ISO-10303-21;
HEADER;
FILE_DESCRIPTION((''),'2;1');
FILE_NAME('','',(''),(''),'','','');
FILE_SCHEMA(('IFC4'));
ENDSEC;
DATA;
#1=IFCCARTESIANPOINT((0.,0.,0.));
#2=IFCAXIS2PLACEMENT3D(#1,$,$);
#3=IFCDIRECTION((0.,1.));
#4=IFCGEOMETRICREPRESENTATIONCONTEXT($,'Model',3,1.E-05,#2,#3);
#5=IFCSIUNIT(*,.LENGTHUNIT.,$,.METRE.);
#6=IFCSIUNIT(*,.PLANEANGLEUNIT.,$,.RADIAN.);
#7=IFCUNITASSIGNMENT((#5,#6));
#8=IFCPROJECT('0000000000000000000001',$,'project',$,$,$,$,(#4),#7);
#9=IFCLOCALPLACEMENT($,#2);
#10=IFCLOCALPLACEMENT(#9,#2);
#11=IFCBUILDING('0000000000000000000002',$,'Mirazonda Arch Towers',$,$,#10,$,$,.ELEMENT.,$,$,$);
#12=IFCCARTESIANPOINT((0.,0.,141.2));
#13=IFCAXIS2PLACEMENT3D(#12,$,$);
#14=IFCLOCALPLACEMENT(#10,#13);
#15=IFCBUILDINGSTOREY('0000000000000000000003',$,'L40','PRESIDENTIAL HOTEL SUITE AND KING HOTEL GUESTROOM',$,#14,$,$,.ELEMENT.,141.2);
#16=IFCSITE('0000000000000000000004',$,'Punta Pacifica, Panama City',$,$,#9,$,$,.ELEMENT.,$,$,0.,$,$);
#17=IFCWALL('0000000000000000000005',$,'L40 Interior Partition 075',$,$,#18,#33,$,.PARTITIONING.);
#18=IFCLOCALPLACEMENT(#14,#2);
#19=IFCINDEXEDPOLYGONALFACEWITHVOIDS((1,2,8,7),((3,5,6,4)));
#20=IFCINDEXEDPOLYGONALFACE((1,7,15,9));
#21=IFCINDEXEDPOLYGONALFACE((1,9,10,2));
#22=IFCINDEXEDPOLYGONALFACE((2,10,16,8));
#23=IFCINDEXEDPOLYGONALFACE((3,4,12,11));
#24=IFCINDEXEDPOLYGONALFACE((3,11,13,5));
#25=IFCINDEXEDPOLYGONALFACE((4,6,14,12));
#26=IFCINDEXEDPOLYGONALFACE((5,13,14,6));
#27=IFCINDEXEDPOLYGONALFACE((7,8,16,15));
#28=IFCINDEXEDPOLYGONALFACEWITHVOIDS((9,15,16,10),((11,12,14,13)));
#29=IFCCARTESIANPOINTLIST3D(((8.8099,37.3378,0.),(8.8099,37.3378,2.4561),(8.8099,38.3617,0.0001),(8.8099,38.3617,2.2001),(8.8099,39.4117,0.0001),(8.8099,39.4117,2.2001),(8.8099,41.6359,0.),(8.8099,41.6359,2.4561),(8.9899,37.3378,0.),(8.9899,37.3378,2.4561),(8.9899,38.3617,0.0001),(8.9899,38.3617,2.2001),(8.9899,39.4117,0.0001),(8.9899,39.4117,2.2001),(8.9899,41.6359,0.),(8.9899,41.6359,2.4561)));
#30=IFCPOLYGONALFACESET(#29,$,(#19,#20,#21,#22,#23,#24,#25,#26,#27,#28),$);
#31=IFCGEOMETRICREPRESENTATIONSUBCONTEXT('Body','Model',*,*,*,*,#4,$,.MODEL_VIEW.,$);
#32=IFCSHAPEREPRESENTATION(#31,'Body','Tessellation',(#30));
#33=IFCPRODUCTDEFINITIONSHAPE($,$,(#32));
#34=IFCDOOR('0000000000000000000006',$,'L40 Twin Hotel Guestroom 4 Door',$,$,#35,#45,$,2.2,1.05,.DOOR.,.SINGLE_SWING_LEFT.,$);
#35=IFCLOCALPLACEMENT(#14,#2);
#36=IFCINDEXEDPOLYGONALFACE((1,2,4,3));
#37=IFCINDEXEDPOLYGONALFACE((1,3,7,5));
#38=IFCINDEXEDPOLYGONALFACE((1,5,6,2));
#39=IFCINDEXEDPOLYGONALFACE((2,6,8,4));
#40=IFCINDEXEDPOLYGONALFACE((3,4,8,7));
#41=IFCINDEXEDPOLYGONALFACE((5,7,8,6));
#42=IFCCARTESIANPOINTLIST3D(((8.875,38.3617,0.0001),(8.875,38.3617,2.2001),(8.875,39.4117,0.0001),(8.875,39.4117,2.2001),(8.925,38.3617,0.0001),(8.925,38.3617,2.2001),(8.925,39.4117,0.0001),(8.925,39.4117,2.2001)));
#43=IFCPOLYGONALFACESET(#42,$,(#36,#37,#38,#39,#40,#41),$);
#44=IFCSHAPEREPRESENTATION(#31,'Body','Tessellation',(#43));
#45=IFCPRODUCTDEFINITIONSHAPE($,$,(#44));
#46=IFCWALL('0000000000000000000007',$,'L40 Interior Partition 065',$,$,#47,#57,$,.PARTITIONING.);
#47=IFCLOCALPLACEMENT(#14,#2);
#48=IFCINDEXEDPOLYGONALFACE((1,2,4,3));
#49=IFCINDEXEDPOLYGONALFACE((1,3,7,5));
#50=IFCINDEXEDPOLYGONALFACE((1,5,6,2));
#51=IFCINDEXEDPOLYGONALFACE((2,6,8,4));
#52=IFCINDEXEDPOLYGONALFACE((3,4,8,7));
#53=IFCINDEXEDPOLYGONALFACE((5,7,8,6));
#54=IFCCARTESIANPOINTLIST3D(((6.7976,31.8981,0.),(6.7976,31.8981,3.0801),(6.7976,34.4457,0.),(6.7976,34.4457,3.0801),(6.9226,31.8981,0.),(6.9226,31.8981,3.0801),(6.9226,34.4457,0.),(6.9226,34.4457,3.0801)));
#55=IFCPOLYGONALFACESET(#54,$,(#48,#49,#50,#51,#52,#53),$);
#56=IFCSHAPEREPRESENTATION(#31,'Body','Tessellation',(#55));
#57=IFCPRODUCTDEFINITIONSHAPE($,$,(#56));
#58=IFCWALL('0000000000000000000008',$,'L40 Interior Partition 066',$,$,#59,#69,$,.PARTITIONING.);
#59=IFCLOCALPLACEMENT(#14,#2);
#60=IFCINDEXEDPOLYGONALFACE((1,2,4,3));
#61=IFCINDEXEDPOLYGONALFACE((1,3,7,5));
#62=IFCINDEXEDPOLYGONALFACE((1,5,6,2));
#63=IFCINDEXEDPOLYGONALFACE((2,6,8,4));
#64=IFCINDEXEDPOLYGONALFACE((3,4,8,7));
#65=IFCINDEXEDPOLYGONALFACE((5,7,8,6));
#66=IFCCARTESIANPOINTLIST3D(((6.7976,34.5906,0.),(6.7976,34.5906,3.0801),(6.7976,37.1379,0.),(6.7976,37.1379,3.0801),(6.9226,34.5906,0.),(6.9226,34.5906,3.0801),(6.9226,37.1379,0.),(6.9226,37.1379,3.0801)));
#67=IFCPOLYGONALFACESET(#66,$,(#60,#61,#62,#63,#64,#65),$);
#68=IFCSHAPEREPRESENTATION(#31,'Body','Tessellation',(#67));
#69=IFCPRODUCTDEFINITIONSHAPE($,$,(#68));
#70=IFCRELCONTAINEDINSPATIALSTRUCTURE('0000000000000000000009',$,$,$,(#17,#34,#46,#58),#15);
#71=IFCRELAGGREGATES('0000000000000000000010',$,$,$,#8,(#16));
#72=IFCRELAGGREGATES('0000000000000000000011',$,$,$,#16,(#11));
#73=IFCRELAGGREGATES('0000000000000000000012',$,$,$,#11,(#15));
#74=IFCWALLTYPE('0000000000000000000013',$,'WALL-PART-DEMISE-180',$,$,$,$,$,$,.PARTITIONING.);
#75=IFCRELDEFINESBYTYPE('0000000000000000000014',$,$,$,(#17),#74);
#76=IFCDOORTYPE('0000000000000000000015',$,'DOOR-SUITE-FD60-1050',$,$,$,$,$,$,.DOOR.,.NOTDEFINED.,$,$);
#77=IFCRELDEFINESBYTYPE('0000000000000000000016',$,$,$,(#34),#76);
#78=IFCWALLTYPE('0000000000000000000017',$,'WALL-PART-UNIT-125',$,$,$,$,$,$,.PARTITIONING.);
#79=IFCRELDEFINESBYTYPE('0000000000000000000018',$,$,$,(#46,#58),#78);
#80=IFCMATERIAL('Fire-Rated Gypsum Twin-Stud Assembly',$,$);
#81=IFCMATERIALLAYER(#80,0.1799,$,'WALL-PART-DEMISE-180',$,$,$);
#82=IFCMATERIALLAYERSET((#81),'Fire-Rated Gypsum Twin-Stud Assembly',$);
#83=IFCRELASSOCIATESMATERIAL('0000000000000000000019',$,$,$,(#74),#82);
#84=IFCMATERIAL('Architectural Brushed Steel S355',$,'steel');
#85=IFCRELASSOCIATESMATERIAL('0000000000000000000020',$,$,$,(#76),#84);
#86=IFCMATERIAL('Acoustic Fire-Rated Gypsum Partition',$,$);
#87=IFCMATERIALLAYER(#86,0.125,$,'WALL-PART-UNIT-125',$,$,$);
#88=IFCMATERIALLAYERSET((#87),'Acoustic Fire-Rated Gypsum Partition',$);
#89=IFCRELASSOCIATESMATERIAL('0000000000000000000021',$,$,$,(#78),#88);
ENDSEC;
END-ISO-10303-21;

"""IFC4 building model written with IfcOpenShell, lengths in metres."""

from ifc_helpers import new_model, si_unit, direction, frame, frame_2d, origin, place, context, subcontext, project, spatial, rectangle, extrude, material, layer, layer_set, type_object, element, fill, save


model = new_model("IFC4")

# Units and contexts
model_context = context("Model", 3, precision=1e-05, world=origin(), true_north=direction((0.0, 1.0)))
body_context = subcontext(model_context, "Body", "Model", "MODEL_VIEW")
ifc_project = project(units=[si_unit("LENGTHUNIT", "METRE"), si_unit("PLANEANGLEUNIT", "RADIAN")], contexts=[model_context])

# Site, building, storey
site_placement = place(None, origin())
site = spatial("IfcSite", under=ifc_project, at=site_placement, Name="Punta Pacifica, Panama City", CompositionType="ELEMENT", RefElevation=0.0)
building_placement = place(site_placement, origin())
building = spatial("IfcBuilding", under=site, at=building_placement, Name="Mirazonda Arch Towers", CompositionType="ELEMENT")
storey_placement = place(building_placement, frame((0.0, 0.0, 141.2)))
storey = spatial("IfcBuildingStorey", under=building, at=storey_placement, Name="L40", Description="PRESIDENTIAL HOTEL SUITE AND KING HOTEL GUESTROOM", CompositionType="ELEMENT", Elevation=141.2)

# Shared definitions
ifc_material_1 = material(Name="Architectural Brushed Steel S355", Category="steel")

# Shared definitions
ifc_material_2 = material(Name="Fire-Rated Gypsum Twin-Stud Assembly")
ifc_layer_1 = layer(ifc_material_2, 0.1799, Name="WALL-PART-DEMISE-180")
ifc_layer_set_1 = layer_set([ifc_layer_1], Name="Fire-Rated Gypsum Twin-Stud Assembly")
wall_type_1 = type_object("IfcWallType", Name="WALL-PART-DEMISE-180", PredefinedType="PARTITIONING", material=ifc_layer_set_1)
door_type_1 = type_object("IfcDoorType", Name="DOOR-SUITE-FD60-1050", OperationType="NOTDEFINED", PredefinedType="DOOR", material=ifc_material_1)

# Wall, opening, door
wall_1_placement = place(storey_placement, frame((8.8999, 37.3379, 0.0), z_axis=(0.0, 0.0, 1.0), x_axis=(0.0, 1.0, 0.0)))
wall_1 = element("IfcWall", 1, at=wall_1_placement, inside=storey, type_object=wall_type_1, Name="L40 Interior Partition 075", PredefinedType="PARTITIONING", context=body_context, shape_type="SweptSolid", body=[
    extrude(rectangle(XDim=4.2981, YDim=0.1799, at=frame_2d((2.1489, 0.0))), origin(), (0.0, 0.0, 1.0), 2.4561),
])
opening_1_placement = place(wall_1_placement, frame((1.0239, 0.0, 0.0)))
opening_1 = element("IfcOpeningElement", 2, at=opening_1_placement, cuts=wall_1, PredefinedType="OPENING", context=body_context, shape_type="SweptSolid", body=[
    extrude(rectangle(XDim=1.05, YDim=2.2, at=frame_2d((0.5249, 1.1001))), frame((0.0, 0.0999, 0.0), z_axis=(0.0, -1.0, 0.0), x_axis=(1.0, 0.0, 0.0)), (0.0, 0.0, 1.0), 0.2),
])
door_1_placement = place(opening_1_placement, origin())
door_1 = element("IfcDoor", 3, at=door_1_placement, inside=storey, type_object=door_type_1, Name="L40 Twin Hotel Guestroom 4 Door", OperationType="SINGLE_SWING_LEFT", OverallHeight=2.2, OverallWidth=1.05, PredefinedType="DOOR", context=body_context, shape_type="SweptSolid", body=[
    extrude(rectangle(XDim=1.05, YDim=2.2, at=frame_2d((0.5249, 1.1001))), frame((0.0, 0.0249, 0.0), z_axis=(0.0, -1.0, 0.0), x_axis=(1.0, 0.0, 0.0)), (0.0, 0.0, 1.0), 0.05),
])
fill(opening_1, door_1)

# Walls
ifc_material_3 = material(Name="Acoustic Fire-Rated Gypsum Partition")
ifc_layer_2 = layer(ifc_material_3, 0.125, Name="WALL-PART-UNIT-125")
ifc_layer_set_2 = layer_set([ifc_layer_2], Name="Acoustic Fire-Rated Gypsum Partition")
wall_type_2 = type_object("IfcWallType", Name="WALL-PART-UNIT-125", PredefinedType="PARTITIONING", material=ifc_layer_set_2)
wall_2_placement = place(storey_placement, frame((6.8601, 31.8979, 0.0), z_axis=(0.0, 0.0, 1.0), x_axis=(0.0, 1.0, 0.0)))
element("IfcWall", 4, at=wall_2_placement, inside=storey, type_object=wall_type_2, Name="L40 Interior Partition 065", PredefinedType="PARTITIONING", context=body_context, shape_type="SweptSolid", body=[
    extrude(rectangle(XDim=2.5476, YDim=0.125, at=frame_2d((1.2739, 0.0))), origin(), (0.0, 0.0, 1.0), 3.0801),
])
wall_3_placement = place(storey_placement, frame((6.8601, 34.5906, 0.0), z_axis=(0.0, 0.0, 1.0), x_axis=(0.0, 1.0, 0.0)))
element("IfcWall", 5, at=wall_3_placement, inside=storey, type_object=wall_type_2, Name="L40 Interior Partition 066", PredefinedType="PARTITIONING", context=body_context, shape_type="SweptSolid", body=[
    extrude(rectangle(XDim=2.5474, YDim=0.125, at=frame_2d((1.2737, 0.0))), origin(), (0.0, 0.0, 1.0), 3.0801),
])

save(model, "model.ifc")
